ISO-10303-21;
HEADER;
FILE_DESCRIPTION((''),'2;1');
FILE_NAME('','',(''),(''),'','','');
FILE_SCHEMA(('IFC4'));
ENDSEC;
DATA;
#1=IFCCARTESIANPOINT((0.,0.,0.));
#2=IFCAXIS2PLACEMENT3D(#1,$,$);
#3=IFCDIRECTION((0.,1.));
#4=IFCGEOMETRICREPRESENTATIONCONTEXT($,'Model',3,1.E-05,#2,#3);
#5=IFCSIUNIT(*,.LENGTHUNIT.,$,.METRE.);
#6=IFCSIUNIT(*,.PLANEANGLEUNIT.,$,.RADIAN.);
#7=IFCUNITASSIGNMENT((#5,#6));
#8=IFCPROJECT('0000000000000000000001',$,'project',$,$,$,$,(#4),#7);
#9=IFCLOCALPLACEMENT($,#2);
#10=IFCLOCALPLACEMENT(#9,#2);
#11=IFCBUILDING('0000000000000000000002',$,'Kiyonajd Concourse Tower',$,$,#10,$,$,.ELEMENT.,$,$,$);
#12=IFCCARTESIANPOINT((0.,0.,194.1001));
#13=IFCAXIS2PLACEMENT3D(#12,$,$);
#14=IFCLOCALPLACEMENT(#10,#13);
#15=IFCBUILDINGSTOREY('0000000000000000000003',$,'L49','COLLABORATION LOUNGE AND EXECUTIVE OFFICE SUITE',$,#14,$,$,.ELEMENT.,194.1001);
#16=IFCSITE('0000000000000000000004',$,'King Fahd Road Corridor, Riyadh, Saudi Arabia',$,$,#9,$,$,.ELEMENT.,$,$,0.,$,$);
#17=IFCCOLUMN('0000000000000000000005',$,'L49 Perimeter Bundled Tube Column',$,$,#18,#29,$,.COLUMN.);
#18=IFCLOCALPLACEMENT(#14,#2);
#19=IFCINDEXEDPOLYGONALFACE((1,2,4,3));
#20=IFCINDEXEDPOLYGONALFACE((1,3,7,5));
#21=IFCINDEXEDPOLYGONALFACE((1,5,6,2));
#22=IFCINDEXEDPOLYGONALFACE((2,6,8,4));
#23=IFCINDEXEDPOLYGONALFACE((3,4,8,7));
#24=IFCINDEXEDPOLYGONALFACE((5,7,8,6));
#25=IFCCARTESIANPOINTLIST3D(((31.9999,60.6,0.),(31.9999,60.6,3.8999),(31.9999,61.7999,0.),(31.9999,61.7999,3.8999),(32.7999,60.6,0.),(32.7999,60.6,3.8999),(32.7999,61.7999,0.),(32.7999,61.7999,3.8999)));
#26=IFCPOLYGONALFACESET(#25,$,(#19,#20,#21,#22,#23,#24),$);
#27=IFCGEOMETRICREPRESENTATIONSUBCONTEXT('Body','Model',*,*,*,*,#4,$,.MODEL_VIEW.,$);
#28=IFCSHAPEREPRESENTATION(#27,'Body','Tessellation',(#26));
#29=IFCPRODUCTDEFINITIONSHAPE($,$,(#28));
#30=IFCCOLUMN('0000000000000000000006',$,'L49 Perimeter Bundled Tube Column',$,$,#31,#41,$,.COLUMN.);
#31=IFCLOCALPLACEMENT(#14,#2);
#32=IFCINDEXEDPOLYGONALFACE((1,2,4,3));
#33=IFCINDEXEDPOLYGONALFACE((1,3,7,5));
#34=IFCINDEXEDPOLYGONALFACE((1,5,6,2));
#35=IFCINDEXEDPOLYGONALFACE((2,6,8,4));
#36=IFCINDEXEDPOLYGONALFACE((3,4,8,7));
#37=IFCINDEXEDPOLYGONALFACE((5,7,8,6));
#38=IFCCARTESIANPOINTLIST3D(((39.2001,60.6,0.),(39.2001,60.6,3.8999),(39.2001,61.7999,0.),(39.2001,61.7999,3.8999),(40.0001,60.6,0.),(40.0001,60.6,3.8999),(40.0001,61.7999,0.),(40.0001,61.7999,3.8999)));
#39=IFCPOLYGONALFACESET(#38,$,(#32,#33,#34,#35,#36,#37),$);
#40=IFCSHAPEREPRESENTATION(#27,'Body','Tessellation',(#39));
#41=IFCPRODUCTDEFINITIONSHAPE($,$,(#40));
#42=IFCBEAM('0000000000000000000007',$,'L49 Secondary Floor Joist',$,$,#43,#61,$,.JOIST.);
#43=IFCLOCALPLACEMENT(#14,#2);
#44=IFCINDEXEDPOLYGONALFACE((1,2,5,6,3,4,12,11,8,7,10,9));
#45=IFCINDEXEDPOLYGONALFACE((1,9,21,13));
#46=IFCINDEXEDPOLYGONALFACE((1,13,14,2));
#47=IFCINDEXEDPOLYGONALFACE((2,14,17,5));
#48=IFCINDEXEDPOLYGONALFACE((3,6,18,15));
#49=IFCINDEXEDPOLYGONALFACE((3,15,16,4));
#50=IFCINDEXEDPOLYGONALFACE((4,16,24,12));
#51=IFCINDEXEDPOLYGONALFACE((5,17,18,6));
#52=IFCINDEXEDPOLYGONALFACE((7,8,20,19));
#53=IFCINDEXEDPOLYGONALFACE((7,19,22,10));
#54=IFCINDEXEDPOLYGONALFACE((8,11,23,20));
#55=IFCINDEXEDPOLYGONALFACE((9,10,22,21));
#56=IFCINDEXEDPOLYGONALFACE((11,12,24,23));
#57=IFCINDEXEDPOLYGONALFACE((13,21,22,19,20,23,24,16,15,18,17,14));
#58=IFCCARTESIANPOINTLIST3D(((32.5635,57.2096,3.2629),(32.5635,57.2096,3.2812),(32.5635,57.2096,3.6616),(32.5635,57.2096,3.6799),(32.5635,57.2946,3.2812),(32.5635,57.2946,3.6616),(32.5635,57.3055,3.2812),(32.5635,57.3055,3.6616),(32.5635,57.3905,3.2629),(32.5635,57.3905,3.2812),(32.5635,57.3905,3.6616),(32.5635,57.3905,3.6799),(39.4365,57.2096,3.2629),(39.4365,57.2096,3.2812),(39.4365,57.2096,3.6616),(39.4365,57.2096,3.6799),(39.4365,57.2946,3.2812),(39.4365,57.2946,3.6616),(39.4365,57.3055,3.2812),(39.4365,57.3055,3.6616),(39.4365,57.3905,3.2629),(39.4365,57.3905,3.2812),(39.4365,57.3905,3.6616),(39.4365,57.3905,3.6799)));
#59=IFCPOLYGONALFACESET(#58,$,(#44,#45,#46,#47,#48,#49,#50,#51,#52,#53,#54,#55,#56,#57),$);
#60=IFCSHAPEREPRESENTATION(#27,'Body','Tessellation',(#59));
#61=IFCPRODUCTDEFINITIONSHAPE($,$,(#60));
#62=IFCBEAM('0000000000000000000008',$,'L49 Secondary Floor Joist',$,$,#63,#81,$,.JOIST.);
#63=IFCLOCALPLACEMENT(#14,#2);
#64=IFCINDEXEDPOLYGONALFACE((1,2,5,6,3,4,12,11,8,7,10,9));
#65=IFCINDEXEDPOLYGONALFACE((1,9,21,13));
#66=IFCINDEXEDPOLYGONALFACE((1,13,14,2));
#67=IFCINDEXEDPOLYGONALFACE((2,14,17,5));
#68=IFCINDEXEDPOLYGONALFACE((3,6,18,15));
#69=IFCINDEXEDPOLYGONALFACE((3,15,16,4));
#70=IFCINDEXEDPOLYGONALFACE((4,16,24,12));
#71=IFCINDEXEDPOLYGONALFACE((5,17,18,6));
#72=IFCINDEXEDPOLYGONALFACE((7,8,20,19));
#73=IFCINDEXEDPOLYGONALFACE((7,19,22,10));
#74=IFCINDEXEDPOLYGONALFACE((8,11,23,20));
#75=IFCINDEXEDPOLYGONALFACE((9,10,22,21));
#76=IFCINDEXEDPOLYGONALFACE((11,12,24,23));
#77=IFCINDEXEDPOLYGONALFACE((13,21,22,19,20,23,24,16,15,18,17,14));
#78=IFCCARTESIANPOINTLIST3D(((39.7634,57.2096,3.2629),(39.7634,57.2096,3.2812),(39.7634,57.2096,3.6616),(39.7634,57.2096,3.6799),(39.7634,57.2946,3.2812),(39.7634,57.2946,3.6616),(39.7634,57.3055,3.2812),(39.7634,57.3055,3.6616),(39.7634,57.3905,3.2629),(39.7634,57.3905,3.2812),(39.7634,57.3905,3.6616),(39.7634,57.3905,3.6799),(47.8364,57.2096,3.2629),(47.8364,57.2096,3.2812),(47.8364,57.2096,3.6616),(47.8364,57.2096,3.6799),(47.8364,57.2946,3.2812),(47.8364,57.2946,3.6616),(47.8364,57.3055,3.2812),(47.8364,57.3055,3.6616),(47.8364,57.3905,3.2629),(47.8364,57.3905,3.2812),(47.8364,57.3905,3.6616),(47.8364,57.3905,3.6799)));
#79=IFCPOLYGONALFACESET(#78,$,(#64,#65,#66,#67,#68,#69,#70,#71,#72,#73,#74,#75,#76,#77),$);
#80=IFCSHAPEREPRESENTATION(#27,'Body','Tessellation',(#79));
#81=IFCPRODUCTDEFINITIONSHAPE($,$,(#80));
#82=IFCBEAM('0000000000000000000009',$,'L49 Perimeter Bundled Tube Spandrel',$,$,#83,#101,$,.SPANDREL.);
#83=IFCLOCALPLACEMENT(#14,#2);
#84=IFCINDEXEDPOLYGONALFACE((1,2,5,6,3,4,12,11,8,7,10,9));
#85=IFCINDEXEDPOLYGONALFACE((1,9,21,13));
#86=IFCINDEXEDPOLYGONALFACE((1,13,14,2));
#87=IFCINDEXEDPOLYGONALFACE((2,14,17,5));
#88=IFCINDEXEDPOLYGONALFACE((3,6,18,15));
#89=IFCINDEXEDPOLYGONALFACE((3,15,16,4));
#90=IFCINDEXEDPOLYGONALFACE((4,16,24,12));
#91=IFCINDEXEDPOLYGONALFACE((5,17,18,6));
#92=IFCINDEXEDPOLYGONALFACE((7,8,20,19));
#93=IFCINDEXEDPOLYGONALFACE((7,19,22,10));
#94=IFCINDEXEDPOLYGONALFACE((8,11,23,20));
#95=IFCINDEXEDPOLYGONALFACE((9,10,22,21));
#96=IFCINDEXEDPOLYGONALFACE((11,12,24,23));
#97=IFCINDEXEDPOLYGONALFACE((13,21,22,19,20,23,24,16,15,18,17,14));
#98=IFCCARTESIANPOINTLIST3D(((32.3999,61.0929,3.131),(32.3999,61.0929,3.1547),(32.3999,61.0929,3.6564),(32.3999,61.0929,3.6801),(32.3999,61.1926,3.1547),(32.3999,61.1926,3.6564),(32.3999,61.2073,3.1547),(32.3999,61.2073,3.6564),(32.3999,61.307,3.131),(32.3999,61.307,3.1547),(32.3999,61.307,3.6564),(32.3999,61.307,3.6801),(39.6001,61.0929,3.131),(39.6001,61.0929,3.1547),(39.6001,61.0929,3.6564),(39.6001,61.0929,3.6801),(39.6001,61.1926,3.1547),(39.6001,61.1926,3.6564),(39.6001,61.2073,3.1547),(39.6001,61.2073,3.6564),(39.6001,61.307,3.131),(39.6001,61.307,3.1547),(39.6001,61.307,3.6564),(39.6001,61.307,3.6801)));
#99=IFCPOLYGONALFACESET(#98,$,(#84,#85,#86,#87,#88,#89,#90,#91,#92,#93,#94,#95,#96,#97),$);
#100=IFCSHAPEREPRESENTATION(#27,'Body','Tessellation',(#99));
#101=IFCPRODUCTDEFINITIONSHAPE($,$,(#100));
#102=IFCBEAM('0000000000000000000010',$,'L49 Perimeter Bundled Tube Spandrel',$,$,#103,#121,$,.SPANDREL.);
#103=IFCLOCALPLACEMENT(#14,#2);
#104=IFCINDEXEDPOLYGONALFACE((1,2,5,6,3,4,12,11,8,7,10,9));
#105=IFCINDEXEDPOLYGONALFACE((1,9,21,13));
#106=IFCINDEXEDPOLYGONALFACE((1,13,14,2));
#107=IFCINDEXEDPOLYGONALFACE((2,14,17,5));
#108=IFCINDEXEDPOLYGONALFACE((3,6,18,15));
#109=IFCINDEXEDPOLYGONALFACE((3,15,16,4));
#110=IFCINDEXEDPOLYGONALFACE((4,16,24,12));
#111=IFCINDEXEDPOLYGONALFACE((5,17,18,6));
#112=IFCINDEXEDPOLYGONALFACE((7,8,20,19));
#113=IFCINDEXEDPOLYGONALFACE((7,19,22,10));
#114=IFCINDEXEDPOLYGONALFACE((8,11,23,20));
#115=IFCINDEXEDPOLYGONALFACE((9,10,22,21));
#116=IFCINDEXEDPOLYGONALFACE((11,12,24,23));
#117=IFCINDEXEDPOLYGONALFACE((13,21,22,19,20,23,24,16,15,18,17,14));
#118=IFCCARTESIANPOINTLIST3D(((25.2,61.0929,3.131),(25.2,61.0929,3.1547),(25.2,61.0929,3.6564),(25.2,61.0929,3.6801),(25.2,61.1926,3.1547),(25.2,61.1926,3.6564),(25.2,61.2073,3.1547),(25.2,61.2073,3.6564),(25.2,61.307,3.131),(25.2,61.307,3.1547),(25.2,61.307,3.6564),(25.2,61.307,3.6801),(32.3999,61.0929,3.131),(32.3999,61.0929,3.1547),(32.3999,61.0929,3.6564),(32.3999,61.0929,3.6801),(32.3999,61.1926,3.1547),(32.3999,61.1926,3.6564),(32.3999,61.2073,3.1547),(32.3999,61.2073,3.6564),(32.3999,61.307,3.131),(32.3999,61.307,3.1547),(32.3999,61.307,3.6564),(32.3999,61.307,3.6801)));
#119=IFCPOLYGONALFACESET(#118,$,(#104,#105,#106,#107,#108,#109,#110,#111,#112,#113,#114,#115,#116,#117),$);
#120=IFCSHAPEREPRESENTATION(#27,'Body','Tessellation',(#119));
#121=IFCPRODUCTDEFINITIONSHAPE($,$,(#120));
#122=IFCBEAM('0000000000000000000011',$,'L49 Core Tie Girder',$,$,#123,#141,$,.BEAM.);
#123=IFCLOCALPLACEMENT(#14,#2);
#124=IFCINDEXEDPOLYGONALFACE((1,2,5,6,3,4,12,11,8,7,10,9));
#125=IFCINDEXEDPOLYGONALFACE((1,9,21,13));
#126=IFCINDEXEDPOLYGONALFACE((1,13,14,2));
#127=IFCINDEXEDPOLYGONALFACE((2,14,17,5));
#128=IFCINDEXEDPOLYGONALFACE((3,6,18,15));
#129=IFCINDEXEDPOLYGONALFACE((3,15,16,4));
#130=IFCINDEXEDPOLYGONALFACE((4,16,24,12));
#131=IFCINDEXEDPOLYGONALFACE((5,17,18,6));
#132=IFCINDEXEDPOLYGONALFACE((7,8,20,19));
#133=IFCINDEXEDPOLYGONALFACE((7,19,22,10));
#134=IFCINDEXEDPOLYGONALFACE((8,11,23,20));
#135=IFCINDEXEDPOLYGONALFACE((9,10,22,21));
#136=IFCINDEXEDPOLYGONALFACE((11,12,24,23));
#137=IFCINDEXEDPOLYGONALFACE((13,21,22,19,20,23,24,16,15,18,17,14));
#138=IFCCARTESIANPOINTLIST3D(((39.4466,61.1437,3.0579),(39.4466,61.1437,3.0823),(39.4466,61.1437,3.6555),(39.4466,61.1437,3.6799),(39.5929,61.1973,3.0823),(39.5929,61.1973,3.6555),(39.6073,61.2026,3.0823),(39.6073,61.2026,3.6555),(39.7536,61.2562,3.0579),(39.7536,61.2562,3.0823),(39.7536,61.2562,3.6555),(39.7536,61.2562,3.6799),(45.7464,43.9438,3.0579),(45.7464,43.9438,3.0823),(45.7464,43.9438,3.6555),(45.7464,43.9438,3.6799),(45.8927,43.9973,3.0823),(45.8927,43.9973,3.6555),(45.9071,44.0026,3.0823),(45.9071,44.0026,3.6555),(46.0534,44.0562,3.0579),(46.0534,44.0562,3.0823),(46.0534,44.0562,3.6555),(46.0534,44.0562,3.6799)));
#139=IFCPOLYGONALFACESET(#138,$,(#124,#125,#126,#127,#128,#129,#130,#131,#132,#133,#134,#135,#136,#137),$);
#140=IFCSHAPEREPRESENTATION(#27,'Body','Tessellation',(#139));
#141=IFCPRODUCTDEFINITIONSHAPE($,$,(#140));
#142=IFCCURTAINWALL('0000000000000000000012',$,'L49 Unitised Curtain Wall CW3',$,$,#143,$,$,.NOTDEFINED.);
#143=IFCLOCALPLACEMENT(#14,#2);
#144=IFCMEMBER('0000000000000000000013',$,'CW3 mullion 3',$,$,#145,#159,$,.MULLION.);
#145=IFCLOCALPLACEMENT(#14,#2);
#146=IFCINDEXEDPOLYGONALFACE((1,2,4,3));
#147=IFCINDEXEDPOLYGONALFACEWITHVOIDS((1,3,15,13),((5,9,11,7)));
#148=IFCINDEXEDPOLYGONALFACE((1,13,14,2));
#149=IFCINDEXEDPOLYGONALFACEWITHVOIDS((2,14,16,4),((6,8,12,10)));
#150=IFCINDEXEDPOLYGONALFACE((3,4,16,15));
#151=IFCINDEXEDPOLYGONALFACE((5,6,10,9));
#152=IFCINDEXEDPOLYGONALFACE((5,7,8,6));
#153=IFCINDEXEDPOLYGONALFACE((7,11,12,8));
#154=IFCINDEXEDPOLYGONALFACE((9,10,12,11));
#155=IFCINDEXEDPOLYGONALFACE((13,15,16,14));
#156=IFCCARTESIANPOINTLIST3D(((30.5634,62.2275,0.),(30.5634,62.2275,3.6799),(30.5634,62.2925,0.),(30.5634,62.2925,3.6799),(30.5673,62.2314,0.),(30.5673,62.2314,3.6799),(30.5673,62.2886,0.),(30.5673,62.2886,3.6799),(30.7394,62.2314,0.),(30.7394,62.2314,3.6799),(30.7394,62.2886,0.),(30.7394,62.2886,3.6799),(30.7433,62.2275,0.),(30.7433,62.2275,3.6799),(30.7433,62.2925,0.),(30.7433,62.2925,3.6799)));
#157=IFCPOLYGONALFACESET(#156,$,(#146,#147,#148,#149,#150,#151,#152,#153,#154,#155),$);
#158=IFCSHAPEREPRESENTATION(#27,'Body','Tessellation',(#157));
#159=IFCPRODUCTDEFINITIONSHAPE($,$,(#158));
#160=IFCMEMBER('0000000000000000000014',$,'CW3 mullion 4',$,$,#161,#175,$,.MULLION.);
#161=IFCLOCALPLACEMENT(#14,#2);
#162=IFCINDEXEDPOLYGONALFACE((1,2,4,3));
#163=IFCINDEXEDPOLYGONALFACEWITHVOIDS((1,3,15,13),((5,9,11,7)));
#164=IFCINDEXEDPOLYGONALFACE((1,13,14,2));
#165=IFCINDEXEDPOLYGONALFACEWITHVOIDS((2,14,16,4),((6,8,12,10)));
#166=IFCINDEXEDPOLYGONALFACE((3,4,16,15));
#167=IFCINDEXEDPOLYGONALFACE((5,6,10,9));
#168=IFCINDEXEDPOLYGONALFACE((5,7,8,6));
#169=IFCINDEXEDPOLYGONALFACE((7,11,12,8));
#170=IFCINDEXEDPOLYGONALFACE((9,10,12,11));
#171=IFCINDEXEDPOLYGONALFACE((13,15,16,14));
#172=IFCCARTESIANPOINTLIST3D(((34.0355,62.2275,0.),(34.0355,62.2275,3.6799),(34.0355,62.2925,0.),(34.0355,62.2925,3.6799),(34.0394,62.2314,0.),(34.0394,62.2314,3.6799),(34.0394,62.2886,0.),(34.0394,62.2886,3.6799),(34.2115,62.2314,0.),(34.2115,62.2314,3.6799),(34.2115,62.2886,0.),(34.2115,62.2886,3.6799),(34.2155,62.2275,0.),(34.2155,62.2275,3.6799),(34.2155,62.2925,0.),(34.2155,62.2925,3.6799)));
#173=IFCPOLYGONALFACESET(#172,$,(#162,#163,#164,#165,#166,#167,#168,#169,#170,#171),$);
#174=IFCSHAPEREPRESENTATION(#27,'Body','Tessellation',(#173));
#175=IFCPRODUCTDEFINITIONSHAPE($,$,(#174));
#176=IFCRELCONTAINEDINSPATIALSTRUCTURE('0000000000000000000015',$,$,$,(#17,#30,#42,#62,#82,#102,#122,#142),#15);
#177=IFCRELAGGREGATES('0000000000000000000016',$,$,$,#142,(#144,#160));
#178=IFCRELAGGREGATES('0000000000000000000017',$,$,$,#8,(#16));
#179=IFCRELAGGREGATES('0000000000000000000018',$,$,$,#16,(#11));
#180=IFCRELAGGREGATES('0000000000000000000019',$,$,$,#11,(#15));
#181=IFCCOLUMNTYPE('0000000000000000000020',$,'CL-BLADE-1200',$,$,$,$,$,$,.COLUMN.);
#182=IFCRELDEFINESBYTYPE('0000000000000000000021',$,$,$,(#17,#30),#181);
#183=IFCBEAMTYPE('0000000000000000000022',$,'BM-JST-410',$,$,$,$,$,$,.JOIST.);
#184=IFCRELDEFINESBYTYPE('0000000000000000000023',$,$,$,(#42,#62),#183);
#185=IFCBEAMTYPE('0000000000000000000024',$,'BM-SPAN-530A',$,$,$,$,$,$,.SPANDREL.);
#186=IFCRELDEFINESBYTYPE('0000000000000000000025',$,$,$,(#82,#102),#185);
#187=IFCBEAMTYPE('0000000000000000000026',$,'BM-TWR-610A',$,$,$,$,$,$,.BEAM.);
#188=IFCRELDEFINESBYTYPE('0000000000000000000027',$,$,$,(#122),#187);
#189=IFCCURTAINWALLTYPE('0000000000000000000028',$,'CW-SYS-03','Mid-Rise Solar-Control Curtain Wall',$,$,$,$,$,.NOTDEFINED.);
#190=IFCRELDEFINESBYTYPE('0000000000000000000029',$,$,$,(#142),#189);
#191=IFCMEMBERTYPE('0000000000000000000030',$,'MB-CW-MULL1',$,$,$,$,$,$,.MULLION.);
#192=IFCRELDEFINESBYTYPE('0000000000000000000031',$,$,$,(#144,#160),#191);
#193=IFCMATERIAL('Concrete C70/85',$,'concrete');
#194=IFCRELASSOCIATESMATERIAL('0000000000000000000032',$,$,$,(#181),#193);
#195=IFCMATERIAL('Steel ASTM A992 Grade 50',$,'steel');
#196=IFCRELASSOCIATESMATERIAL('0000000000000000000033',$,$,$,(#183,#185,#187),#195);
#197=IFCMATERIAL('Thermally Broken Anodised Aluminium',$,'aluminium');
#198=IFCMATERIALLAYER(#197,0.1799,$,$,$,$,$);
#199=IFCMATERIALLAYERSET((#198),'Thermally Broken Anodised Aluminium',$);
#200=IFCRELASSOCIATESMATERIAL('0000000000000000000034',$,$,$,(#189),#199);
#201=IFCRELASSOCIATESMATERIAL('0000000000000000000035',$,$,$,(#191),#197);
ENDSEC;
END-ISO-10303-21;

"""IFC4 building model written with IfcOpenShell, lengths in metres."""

from ifc_helpers import new_model, si_unit, direction, frame, origin, origin_2d, place, context, subcontext, project, spatial, rectangle, hollow_rectangle, i_section, extrude, material, layer, layer_set, material_profile, profile_set, type_object, element, aggregate, save


model = new_model("IFC4")

# Units and contexts
model_context = context("Model", 3, precision=1e-05, world=origin(), true_north=direction((0.0, 1.0)))
body_context = subcontext(model_context, "Body", "Model", "MODEL_VIEW")
ifc_project = project(units=[si_unit("LENGTHUNIT", "METRE"), si_unit("PLANEANGLEUNIT", "RADIAN")], contexts=[model_context])

# Site, building, storey
site_placement = place(None, origin())
site = spatial("IfcSite", under=ifc_project, at=site_placement, Name="King Fahd Road Corridor, Riyadh, Saudi Arabia", CompositionType="ELEMENT", RefElevation=0.0)
building_placement = place(site_placement, origin())
building = spatial("IfcBuilding", under=site, at=building_placement, Name="Kiyonajd Concourse Tower", CompositionType="ELEMENT")
storey_placement = place(building_placement, frame((0.0, 0.0, 194.1001)))
storey = spatial("IfcBuildingStorey", under=building, at=storey_placement, Name="L49", Description="COLLABORATION LOUNGE AND EXECUTIVE OFFICE SUITE", CompositionType="ELEMENT", Elevation=194.1001)

# Columns
ifc_material_1 = material(Name="Concrete C70/85", Category="concrete")
ifc_material_profile_1 = material_profile(ifc_material_1, rectangle(XDim=0.8, YDim=1.2, at=origin_2d()), Name="RC-1200x800")
ifc_profile_set_1 = profile_set([ifc_material_profile_1], Name="Concrete C70/85")
column_type = type_object("IfcColumnType", Name="CL-BLADE-1200", PredefinedType="COLUMN", material=ifc_profile_set_1)
for number, where, z_axis, x_axis, name in (
    (1, (32.3999, 61.2, 0.0), (0.0, 0.0, 1.0), (1.0, 0.0, 0.0), "L49 Perimeter Bundled Tube Column"),
    (2, (39.6001, 61.2, 0.0), (0.0, 0.0, 1.0), (1.0, 0.0, 0.0), "L49 Perimeter Bundled Tube Column"),
):
    element("IfcColumn", number, at=place(storey_placement, frame(where, z_axis=z_axis, x_axis=x_axis)), inside=storey, type_object=column_type, Name=name, PredefinedType="COLUMN", context=body_context, shape_type="SweptSolid", body=[
        extrude(rectangle(XDim=0.8, YDim=1.2, at=origin_2d()), origin(), (0.0, 0.0, 1.0), 3.8999),
    ])

# Beams
ifc_material_2 = material(Name="Steel ASTM A992 Grade 50", Category="steel")
ifc_material_profile_2 = material_profile(ifc_material_2, i_section(OverallWidth=0.1809, OverallDepth=0.417, WebThickness=0.011, FlangeThickness=0.0183, at=origin_2d()), Name="W410X85")
ifc_profile_set_2 = profile_set([ifc_material_profile_2], Name="Steel ASTM A992 Grade 50")
beam_type_1 = type_object("IfcBeamType", Name="BM-JST-410", PredefinedType="JOIST", material=ifc_profile_set_2)
beam_1_placement = place(storey_placement, frame((32.5635, 57.3, 3.4714), z_axis=(1.0, 0.0, 0.0), x_axis=(0.0, 1.0, 0.0)))
element("IfcBeam", 3, at=beam_1_placement, inside=storey, type_object=beam_type_1, Name="L49 Secondary Floor Joist", PredefinedType="JOIST", context=body_context, shape_type="SweptSolid", body=[
    extrude(i_section(OverallWidth=0.1809, OverallDepth=0.417, WebThickness=0.011, FlangeThickness=0.0183, at=origin_2d()), origin(), (0.0, 0.0, 1.0), 6.873),
])
beam_2_placement = place(storey_placement, frame((39.7634, 57.3, 3.4714), z_axis=(1.0, 0.0, 0.0), x_axis=(0.0, 1.0, 0.0)))
element("IfcBeam", 4, at=beam_2_placement, inside=storey, type_object=beam_type_1, Name="L49 Secondary Floor Joist", PredefinedType="JOIST", context=body_context, shape_type="SweptSolid", body=[
    extrude(i_section(OverallWidth=0.1809, OverallDepth=0.417, WebThickness=0.011, FlangeThickness=0.0183, at=origin_2d()), origin(), (0.0, 0.0, 1.0), 8.073),
])
ifc_material_profile_3 = material_profile(ifc_material_2, i_section(OverallWidth=0.2141, OverallDepth=0.5491, WebThickness=0.0146, FlangeThickness=0.0237, at=origin_2d()), Name="W530X138")
ifc_profile_set_3 = profile_set([ifc_material_profile_3], Name="Steel ASTM A992 Grade 50")
beam_type_2 = type_object("IfcBeamType", Name="BM-SPAN-530A", PredefinedType="SPANDREL", material=ifc_profile_set_3)
beam_3_placement = place(storey_placement, frame((39.6001, 61.2, 3.4055), z_axis=(-1.0, 0.0, 0.0), x_axis=(0.0, -1.0, 0.0)))
element("IfcBeam", 5, at=beam_3_placement, inside=storey, type_object=beam_type_2, Name="L49 Perimeter Bundled Tube Spandrel", PredefinedType="SPANDREL", context=body_context, shape_type="SweptSolid", body=[
    extrude(i_section(OverallWidth=0.2141, OverallDepth=0.5491, WebThickness=0.0146, FlangeThickness=0.0237, at=origin_2d()), origin(), (0.0, 0.0, 1.0), 7.2002),
])
beam_4_placement = place(storey_placement, frame((32.3999, 61.2, 3.4055), z_axis=(-1.0, 0.0, 0.0), x_axis=(0.0, -1.0, 0.0)))
element("IfcBeam", 6, at=beam_4_placement, inside=storey, type_object=beam_type_2, Name="L49 Perimeter Bundled Tube Spandrel", PredefinedType="SPANDREL", context=body_context, shape_type="SweptSolid", body=[
    extrude(i_section(OverallWidth=0.2141, OverallDepth=0.5491, WebThickness=0.0146, FlangeThickness=0.0237, at=origin_2d()), origin(), (0.0, 0.0, 1.0), 7.2),
])
ifc_material_profile_4 = material_profile(ifc_material_2, i_section(OverallWidth=0.3269, OverallDepth=0.6221, WebThickness=0.0154, FlangeThickness=0.0244, at=origin_2d()), Name="W610X195")
ifc_profile_set_4 = profile_set([ifc_material_profile_4], Name="Steel ASTM A992 Grade 50")
beam_type_3 = type_object("IfcBeamType", Name="BM-TWR-610A", PredefinedType="BEAM", material=ifc_profile_set_4)
beam_5_placement = place(storey_placement, frame((39.6001, 61.2, 3.3689), z_axis=(0.343925, -0.938997, 0.0), x_axis=(0.938997, 0.343925, 0.0)))
element("IfcBeam", 7, at=beam_5_placement, inside=storey, type_object=beam_type_3, Name="L49 Core Tie Girder", PredefinedType="BEAM", context=body_context, shape_type="SweptSolid", body=[
    extrude(i_section(OverallWidth=0.3269, OverallDepth=0.6221, WebThickness=0.0154, FlangeThickness=0.0244, at=origin_2d()), origin(), (0.0, 0.0, 1.0), 18.3174),
])

# Curtain wall, members
ifc_material_3 = material(Name="Thermally Broken Anodised Aluminium", Category="aluminium")
ifc_layer_1 = layer(ifc_material_3, 0.1799)
ifc_layer_set_1 = layer_set([ifc_layer_1], Name="Thermally Broken Anodised Aluminium")
curtain_wall_type = type_object("IfcCurtainWallType", Name="CW-SYS-03", Description="Mid-Rise Solar-Control Curtain Wall", PredefinedType="NOTDEFINED", material=ifc_layer_set_1)
curtain_wall_placement = place(storey_placement, origin())
curtain_wall = element("IfcCurtainWall", 8, at=curtain_wall_placement, inside=storey, type_object=curtain_wall_type, Name="L49 Unitised Curtain Wall CW3", PredefinedType="NOTDEFINED")
ifc_material_profile_5 = material_profile(ifc_material_3, hollow_rectangle(XDim=0.0649, YDim=0.1799, WallThickness=0.0039, at=origin_2d()), Name="MULL-65x180")
ifc_profile_set_5 = profile_set([ifc_material_profile_5], Name="Thermally Broken Anodised Aluminium")
member_type_1 = type_object("IfcMemberType", Name="MB-CW-MULL1", PredefinedType="MULLION", material=ifc_profile_set_5)
member_1_placement = place(storey_placement, frame((30.6533, 62.26, 0.0), z_axis=(0.0, 0.0, 1.0), x_axis=(0.0, 1.0, 0.0)))
member_1 = element("IfcMember", 9, at=member_1_placement, type_object=member_type_1, Name="CW3 mullion 3", PredefinedType="MULLION", context=body_context, shape_type="SweptSolid", body=[
    extrude(hollow_rectangle(XDim=0.0649, YDim=0.1799, WallThickness=0.0039, at=origin_2d()), origin(), (0.0, 0.0, 1.0), 3.6799),
])
member_2_placement = place(storey_placement, frame((34.1255, 62.26, 0.0), z_axis=(0.0, 0.0, 1.0), x_axis=(0.0, 1.0, 0.0)))
member_2 = element("IfcMember", 10, at=member_2_placement, type_object=member_type_1, Name="CW3 mullion 4", PredefinedType="MULLION", context=body_context, shape_type="SweptSolid", body=[
    extrude(hollow_rectangle(XDim=0.0649, YDim=0.1799, WallThickness=0.0039, at=origin_2d()), origin(), (0.0, 0.0, 1.0), 3.6799),
])

aggregate(curtain_wall, [member_1, member_2])

save(model, "model.ifc")
